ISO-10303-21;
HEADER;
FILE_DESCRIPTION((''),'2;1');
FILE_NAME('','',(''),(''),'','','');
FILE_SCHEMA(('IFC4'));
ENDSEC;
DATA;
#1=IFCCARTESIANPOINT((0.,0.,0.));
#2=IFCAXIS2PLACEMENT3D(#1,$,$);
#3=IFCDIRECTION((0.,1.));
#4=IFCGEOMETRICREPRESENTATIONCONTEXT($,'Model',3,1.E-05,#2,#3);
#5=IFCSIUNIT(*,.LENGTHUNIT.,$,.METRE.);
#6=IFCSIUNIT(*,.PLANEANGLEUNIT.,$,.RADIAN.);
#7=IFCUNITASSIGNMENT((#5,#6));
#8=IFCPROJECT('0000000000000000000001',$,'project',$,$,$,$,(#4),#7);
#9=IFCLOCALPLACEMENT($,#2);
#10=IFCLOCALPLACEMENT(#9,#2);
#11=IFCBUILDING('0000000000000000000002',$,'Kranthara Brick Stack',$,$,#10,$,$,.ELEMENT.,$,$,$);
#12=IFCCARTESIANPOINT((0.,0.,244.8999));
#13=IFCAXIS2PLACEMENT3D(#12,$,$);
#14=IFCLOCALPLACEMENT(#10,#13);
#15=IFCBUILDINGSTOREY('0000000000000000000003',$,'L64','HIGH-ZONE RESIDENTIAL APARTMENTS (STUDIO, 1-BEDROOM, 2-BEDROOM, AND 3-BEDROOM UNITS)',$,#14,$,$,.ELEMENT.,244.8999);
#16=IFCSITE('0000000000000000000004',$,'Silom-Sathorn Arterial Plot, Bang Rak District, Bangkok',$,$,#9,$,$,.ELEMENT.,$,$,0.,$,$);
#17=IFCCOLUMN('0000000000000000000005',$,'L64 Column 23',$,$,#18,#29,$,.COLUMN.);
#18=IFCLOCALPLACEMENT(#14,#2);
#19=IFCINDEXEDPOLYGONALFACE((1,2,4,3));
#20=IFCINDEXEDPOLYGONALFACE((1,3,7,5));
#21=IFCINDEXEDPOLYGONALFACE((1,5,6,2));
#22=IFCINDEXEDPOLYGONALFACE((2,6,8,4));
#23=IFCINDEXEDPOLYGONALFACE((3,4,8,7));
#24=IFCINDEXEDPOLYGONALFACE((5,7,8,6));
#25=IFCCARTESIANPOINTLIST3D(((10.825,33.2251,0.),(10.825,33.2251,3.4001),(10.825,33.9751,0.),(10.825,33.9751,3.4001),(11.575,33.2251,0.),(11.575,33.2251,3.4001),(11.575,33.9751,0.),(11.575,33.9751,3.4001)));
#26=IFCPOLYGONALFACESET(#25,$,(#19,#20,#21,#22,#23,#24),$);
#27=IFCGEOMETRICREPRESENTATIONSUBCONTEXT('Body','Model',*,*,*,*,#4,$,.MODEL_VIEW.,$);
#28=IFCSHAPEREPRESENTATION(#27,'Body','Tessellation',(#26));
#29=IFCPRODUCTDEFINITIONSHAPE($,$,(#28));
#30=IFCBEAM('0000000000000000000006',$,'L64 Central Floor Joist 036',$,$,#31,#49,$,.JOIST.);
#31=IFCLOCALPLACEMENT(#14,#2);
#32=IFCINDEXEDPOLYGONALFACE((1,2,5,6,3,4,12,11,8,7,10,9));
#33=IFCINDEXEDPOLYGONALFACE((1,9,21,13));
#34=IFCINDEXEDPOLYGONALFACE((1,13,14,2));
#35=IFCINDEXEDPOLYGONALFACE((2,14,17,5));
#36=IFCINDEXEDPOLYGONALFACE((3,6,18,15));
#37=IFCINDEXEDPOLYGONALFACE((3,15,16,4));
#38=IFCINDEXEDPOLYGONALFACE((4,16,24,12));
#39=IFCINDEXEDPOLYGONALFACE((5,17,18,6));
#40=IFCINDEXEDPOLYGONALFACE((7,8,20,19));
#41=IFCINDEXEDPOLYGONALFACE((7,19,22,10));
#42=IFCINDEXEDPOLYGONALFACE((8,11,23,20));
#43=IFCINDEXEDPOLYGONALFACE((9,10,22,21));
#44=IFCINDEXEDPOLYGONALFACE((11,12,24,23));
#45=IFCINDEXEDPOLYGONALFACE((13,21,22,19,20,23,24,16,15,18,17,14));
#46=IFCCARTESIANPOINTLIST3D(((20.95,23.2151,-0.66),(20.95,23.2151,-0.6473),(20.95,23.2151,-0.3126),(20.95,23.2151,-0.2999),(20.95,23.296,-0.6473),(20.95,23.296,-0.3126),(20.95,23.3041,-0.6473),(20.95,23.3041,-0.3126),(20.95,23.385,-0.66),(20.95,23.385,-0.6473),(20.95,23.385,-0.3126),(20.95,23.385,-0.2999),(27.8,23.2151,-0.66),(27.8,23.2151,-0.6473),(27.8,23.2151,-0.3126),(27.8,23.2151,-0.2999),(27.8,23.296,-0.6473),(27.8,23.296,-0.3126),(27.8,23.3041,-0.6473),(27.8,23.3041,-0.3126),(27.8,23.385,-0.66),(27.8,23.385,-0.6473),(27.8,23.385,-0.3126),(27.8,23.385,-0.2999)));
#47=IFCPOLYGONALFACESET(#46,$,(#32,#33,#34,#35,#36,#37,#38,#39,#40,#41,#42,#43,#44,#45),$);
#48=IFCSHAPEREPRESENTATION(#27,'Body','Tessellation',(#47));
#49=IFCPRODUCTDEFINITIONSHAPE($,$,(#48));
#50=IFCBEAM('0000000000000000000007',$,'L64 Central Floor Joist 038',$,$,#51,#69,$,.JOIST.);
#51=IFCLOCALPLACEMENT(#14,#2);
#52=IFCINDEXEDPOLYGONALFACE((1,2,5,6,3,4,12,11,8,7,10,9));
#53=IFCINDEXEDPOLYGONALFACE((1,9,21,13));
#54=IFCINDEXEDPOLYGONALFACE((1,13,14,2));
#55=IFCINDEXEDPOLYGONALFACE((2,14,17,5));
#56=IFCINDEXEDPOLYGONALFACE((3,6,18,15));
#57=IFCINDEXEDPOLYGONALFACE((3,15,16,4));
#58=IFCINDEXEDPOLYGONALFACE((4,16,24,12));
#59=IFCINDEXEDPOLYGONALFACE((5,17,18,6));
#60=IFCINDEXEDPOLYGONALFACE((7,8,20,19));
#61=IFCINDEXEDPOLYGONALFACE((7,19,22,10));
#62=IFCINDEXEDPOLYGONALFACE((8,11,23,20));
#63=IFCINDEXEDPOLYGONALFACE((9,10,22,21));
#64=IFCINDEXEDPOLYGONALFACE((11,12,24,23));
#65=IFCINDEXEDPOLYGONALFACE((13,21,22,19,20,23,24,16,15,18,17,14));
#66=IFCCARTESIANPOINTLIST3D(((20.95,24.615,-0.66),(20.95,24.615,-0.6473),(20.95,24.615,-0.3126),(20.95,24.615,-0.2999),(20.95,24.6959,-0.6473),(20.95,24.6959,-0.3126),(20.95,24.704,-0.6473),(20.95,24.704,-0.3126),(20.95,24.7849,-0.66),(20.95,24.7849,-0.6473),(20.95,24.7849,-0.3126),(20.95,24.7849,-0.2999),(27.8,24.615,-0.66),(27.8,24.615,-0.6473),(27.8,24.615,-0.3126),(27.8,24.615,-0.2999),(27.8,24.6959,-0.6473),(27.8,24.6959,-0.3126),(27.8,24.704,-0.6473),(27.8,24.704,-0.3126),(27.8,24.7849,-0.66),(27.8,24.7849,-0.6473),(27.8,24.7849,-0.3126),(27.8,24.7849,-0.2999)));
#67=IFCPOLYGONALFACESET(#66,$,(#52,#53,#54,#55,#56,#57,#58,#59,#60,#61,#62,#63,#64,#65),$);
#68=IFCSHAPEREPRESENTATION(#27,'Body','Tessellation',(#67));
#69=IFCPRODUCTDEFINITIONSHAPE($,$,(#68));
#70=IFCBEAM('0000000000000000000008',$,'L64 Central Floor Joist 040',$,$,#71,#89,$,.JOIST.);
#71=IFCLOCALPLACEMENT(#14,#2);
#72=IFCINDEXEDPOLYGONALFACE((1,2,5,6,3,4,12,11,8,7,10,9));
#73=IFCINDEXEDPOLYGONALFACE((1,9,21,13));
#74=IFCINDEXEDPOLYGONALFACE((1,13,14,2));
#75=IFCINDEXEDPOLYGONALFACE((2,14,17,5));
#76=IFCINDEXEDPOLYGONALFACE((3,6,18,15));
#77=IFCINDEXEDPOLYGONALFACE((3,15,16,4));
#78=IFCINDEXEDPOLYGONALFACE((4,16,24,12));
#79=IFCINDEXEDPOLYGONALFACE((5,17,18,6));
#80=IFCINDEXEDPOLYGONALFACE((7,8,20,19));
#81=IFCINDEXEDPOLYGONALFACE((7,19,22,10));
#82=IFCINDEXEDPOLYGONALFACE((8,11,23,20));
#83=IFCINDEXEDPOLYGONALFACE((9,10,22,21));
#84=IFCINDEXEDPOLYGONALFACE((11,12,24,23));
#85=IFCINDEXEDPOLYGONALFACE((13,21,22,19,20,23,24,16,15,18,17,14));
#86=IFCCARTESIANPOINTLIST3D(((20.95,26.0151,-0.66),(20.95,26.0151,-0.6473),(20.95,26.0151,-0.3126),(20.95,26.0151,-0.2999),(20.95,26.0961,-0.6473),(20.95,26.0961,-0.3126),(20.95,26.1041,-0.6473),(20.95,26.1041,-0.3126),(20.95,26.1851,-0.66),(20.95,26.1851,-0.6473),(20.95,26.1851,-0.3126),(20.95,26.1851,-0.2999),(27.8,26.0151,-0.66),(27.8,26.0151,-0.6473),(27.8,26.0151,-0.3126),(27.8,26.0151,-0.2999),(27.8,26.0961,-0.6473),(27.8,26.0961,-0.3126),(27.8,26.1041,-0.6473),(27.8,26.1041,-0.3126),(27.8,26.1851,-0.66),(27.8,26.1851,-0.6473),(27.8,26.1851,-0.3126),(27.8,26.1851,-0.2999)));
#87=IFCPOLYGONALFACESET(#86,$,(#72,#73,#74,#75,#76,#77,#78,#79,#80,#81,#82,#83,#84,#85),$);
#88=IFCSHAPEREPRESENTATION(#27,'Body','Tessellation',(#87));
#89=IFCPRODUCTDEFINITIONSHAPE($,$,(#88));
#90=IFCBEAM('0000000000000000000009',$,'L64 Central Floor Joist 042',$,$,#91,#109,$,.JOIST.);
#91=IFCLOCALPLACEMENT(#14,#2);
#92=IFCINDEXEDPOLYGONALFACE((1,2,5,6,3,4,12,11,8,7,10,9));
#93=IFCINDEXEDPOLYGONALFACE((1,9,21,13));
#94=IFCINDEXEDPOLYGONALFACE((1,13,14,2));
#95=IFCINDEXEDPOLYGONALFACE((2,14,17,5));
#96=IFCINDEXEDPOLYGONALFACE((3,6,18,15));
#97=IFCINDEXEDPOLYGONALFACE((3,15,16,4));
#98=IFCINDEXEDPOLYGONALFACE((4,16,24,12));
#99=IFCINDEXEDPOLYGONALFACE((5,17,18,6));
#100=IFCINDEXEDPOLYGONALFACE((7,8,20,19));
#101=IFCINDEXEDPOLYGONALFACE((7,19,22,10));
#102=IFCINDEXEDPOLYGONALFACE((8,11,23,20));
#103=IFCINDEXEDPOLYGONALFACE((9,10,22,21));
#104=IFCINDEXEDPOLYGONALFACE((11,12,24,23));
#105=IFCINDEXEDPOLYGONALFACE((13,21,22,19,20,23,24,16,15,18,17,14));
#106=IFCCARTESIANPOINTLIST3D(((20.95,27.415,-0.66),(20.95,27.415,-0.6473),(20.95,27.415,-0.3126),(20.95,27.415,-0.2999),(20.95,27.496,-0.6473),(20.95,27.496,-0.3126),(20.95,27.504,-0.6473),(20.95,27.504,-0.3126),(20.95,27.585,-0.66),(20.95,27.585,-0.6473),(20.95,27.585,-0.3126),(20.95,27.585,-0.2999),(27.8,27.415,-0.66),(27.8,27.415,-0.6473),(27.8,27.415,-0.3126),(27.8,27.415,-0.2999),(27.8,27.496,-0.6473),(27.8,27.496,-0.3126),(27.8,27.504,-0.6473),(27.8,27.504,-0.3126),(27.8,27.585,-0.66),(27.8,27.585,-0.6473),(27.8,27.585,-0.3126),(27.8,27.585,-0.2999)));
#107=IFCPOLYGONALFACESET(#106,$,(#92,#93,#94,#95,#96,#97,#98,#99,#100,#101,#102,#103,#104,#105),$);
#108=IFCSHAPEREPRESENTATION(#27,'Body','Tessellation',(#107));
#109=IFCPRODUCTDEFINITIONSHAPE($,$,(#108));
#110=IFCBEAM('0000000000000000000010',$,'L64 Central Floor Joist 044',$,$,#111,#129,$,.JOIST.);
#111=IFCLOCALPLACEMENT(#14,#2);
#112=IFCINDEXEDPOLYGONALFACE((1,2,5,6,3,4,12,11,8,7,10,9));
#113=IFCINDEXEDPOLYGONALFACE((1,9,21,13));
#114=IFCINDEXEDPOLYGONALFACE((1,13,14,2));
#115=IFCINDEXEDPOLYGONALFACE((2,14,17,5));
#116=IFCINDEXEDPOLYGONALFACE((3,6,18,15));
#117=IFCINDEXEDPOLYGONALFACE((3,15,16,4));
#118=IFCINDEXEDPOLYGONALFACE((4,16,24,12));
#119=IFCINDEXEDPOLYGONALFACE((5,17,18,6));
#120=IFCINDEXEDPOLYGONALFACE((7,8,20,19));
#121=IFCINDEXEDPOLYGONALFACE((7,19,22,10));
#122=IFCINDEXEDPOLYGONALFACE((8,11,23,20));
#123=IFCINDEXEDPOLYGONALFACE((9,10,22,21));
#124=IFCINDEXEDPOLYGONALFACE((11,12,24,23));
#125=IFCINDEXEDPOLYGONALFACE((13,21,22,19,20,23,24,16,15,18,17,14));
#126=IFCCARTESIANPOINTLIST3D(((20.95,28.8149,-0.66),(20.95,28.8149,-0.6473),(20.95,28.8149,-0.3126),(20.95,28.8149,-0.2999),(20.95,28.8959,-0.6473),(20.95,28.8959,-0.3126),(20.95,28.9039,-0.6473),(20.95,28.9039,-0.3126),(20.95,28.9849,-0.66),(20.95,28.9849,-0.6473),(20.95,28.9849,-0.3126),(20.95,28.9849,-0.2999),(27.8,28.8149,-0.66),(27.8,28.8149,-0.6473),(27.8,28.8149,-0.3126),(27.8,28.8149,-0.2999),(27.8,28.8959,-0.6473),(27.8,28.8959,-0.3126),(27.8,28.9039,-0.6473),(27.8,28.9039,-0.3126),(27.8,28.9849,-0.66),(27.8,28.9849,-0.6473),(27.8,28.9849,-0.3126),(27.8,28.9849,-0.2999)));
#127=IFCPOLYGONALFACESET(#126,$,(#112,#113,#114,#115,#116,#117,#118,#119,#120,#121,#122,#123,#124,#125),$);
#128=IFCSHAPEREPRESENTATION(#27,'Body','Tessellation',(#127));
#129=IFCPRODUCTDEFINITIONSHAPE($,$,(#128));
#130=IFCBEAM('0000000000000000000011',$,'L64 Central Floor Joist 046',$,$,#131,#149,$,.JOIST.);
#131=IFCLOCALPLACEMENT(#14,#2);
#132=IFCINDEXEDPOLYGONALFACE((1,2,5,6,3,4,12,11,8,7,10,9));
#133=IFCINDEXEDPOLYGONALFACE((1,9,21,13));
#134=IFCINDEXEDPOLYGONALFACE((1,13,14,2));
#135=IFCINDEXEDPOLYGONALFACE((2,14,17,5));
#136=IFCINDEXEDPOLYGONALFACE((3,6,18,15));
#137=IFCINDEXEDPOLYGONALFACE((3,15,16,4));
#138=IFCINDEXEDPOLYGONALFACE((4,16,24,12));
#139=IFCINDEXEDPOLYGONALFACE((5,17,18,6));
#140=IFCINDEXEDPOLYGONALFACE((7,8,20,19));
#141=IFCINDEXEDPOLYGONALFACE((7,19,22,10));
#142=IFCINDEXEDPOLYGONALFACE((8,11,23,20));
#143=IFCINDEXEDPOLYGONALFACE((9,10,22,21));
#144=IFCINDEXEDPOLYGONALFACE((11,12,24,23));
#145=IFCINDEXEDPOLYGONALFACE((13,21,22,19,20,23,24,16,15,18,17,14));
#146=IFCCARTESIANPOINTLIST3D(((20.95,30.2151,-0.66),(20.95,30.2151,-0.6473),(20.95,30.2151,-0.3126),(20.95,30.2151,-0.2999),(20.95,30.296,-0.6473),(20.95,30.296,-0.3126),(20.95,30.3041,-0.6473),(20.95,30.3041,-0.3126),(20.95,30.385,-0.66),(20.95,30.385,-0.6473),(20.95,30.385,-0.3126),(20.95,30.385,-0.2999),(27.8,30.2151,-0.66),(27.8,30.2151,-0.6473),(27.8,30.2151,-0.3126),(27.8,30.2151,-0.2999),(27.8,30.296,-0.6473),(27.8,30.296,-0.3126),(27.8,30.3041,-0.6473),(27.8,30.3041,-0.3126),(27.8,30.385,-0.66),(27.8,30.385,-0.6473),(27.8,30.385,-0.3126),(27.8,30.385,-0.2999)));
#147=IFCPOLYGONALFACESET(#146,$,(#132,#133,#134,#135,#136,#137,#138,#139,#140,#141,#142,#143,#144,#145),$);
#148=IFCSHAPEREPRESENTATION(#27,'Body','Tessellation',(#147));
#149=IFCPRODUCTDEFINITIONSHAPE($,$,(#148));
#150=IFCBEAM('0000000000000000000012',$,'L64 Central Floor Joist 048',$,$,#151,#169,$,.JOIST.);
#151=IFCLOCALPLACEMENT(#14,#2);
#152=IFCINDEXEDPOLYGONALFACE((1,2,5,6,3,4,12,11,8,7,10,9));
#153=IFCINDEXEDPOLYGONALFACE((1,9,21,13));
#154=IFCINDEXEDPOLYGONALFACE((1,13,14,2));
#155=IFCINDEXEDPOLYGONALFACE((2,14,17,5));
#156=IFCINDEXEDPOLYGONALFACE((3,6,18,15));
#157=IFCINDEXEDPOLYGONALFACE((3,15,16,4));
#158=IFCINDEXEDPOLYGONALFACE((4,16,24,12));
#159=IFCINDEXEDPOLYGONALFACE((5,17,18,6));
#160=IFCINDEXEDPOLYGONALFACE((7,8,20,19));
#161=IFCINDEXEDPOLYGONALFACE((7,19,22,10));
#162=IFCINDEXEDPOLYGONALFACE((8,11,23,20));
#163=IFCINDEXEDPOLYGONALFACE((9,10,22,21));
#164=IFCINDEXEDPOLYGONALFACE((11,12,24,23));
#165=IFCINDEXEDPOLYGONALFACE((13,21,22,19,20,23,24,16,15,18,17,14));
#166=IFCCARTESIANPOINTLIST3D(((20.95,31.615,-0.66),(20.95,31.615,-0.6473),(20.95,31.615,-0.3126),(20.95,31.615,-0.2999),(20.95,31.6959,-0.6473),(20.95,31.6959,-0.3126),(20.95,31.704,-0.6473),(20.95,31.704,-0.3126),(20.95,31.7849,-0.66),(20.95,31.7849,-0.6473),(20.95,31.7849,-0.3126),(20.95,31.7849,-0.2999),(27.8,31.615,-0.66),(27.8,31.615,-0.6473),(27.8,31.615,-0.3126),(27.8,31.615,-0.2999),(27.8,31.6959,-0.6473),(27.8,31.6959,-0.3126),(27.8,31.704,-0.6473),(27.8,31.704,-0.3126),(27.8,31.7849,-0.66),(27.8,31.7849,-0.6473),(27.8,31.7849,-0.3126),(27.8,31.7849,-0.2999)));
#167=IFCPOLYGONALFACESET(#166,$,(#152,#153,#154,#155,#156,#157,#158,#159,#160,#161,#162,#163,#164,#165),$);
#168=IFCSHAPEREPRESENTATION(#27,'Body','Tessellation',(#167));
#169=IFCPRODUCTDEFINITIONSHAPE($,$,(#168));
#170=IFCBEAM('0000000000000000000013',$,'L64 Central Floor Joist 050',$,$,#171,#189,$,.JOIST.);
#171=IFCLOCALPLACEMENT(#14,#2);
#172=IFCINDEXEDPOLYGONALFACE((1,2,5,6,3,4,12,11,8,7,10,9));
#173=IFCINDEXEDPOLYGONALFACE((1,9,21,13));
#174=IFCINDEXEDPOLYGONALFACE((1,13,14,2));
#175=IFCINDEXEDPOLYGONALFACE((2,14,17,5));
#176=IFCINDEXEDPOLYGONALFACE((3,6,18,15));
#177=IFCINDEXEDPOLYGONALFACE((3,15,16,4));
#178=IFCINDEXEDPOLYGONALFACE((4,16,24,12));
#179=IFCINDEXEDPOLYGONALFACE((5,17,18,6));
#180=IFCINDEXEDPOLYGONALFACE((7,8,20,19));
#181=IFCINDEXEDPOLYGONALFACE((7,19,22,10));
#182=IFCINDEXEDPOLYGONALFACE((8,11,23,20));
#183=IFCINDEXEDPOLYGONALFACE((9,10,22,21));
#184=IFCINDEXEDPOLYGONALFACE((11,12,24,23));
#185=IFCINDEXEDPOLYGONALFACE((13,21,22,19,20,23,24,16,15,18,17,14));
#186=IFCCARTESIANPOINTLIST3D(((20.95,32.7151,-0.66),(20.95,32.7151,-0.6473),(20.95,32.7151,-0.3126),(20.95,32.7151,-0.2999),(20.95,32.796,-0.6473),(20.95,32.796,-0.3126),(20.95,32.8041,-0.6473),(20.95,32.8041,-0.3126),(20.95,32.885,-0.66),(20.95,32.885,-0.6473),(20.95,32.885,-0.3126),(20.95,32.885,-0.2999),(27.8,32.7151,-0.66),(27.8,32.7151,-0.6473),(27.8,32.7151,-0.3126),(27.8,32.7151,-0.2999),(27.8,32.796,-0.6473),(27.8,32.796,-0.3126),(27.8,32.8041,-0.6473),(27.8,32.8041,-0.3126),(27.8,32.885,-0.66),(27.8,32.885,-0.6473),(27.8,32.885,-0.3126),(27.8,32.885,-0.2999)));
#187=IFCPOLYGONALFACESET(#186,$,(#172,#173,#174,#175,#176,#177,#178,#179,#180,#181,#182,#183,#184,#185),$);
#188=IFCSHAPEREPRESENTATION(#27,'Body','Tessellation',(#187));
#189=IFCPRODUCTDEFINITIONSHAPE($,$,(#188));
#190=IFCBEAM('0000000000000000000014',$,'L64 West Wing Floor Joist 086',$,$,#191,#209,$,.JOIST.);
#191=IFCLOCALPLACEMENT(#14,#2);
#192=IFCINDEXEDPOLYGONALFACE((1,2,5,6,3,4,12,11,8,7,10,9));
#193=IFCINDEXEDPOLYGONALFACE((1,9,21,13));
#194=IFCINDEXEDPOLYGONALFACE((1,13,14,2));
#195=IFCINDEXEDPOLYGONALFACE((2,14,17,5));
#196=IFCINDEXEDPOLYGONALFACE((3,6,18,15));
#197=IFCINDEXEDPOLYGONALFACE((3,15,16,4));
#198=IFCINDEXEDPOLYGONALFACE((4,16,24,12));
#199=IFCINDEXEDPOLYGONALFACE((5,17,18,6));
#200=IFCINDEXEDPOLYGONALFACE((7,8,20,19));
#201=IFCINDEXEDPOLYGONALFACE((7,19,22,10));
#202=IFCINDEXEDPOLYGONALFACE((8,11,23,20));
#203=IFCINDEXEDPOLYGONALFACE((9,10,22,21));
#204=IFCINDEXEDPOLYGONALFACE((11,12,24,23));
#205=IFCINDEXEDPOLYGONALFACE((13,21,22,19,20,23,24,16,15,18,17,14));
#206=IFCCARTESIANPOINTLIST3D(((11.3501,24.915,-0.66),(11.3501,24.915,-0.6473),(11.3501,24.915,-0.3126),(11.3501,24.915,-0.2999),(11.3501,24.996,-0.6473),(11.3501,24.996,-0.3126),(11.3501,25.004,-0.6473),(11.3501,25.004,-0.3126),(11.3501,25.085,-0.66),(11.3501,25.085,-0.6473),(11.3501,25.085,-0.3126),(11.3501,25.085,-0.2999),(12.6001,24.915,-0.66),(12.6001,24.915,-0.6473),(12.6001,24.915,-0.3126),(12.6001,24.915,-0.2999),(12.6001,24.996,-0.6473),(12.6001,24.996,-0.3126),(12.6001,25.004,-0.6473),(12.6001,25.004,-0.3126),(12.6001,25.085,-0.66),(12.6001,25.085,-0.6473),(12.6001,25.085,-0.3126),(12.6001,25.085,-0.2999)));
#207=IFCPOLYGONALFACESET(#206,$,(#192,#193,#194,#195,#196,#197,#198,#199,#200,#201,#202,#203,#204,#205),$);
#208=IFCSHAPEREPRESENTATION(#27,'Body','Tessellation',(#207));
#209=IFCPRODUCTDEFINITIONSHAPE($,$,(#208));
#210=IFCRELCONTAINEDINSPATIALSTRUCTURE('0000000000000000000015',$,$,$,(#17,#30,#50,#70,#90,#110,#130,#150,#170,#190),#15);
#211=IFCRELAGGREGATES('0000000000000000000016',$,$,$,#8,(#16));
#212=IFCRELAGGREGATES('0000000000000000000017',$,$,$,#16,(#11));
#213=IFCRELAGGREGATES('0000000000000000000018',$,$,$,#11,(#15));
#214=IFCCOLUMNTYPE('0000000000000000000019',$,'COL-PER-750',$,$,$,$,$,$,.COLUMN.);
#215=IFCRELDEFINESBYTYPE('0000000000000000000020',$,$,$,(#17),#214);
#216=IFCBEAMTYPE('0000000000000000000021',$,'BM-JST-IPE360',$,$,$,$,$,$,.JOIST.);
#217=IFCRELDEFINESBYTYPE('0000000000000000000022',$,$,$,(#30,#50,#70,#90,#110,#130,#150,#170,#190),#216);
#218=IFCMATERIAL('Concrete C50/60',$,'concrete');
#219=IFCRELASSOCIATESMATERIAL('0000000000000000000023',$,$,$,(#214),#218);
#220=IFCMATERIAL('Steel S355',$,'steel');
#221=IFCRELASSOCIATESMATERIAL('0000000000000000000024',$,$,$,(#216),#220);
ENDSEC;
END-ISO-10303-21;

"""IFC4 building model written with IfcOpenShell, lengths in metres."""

from ifc_helpers import new_model, si_unit, direction, frame, origin, origin_2d, place, context, subcontext, project, spatial, rectangle, i_section, extrude, material, material_profile, profile_set, type_object, element, save


model = new_model("IFC4")

# Units and contexts
model_context = context("Model", 3, precision=1e-05, world=origin(), true_north=direction((0.0, 1.0)))
body_context = subcontext(model_context, "Body", "Model", "MODEL_VIEW")
ifc_project = project(units=[si_unit("LENGTHUNIT", "METRE"), si_unit("PLANEANGLEUNIT", "RADIAN")], contexts=[model_context])

# Site, building, storey
site_placement = place(None, origin())
site = spatial("IfcSite", under=ifc_project, at=site_placement, Name="Silom-Sathorn Arterial Plot, Bang Rak District, Bangkok", CompositionType="ELEMENT", RefElevation=0.0)
building_placement = place(site_placement, origin())
building = spatial("IfcBuilding", under=site, at=building_placement, Name="Kranthara Brick Stack", CompositionType="ELEMENT")
storey_placement = place(building_placement, frame((0.0, 0.0, 244.8999)))
storey = spatial("IfcBuildingStorey", under=building, at=storey_placement, Name="L64", Description="HIGH-ZONE RESIDENTIAL APARTMENTS (STUDIO, 1-BEDROOM, 2-BEDROOM, AND 3-BEDROOM UNITS)", CompositionType="ELEMENT", Elevation=244.8999)

# Column
ifc_material_1 = material(Name="Concrete C50/60", Category="concrete")
ifc_material_profile_1 = material_profile(ifc_material_1, rectangle(XDim=0.75, YDim=0.75, at=origin_2d()), Name="RC 750x750")
ifc_profile_set_1 = profile_set([ifc_material_profile_1], Name="Concrete C50/60")
column_type = type_object("IfcColumnType", Name="COL-PER-750", PredefinedType="COLUMN", material=ifc_profile_set_1)
column_placement = place(storey_placement, frame((11.2, 33.6001, 0.0), z_axis=(0.0, 0.0, 1.0), x_axis=(1.0, 0.0, 0.0)))
element("IfcColumn", 1, at=column_placement, inside=storey, type_object=column_type, Name="L64 Column 23", PredefinedType="COLUMN", context=body_context, shape_type="SweptSolid", body=[
    extrude(rectangle(XDim=0.75, YDim=0.75, at=origin_2d()), origin(), (0.0, 0.0, 1.0), 3.4001),
])

# Beams
ifc_material_2 = material(Name="Steel S355", Category="steel")
ifc_material_profile_2 = material_profile(ifc_material_2, i_section(OverallWidth=0.1699, OverallDepth=0.3601, WebThickness=0.0081, FlangeThickness=0.0127, at=origin_2d()), Name="IPE 360")
ifc_profile_set_2 = profile_set([ifc_material_profile_2], Name="Steel S355")
beam_type_1 = type_object("IfcBeamType", Name="BM-JST-IPE360", PredefinedType="JOIST", material=ifc_profile_set_2)
for number, where, z_axis, x_axis, name in (
    (2, (20.95, 23.3, -0.48), (1.0, 0.0, 0.0), (0.0, 1.0, 0.0), "L64 Central Floor Joist 036"),
    (3, (20.95, 24.7, -0.48), (1.0, 0.0, 0.0), (0.0, 1.0, 0.0), "L64 Central Floor Joist 038"),
    (4, (20.95, 26.1001, -0.48), (1.0, 0.0, 0.0), (0.0, 1.0, 0.0), "L64 Central Floor Joist 040"),
    (5, (20.95, 27.5, -0.48), (1.0, 0.0, 0.0), (0.0, 1.0, 0.0), "L64 Central Floor Joist 042"),
    (6, (20.95, 28.8999, -0.48), (1.0, 0.0, 0.0), (0.0, 1.0, 0.0), "L64 Central Floor Joist 044"),
    (7, (20.95, 30.3, -0.48), (1.0, 0.0, 0.0), (0.0, 1.0, 0.0), "L64 Central Floor Joist 046"),
    (8, (20.95, 31.7, -0.48), (1.0, 0.0, 0.0), (0.0, 1.0, 0.0), "L64 Central Floor Joist 048"),
    (9, (20.95, 32.8, -0.48), (1.0, 0.0, 0.0), (0.0, 1.0, 0.0), "L64 Central Floor Joist 050"),
):
    element("IfcBeam", number, at=place(storey_placement, frame(where, z_axis=z_axis, x_axis=x_axis)), inside=storey, type_object=beam_type_1, Name=name, PredefinedType="JOIST", context=body_context, shape_type="SweptSolid", body=[
        extrude(i_section(OverallWidth=0.1699, OverallDepth=0.3601, WebThickness=0.0081, FlangeThickness=0.0127, at=origin_2d()), origin(), (0.0, 0.0, 1.0), 6.8501),
    ])
for number, where, z_axis, x_axis, name in (
    (10, (11.3501, 25.0, -0.48), (1.0, 0.0, 0.0), (0.0, 1.0, 0.0), "L64 West Wing Floor Joist 086"),
):
    element("IfcBeam", number, at=place(storey_placement, frame(where, z_axis=z_axis, x_axis=x_axis)), inside=storey, type_object=beam_type_1, Name=name, PredefinedType="JOIST", context=body_context, shape_type="SweptSolid", body=[
        extrude(i_section(OverallWidth=0.1699, OverallDepth=0.3601, WebThickness=0.0081, FlangeThickness=0.0127, at=origin_2d()), origin(), (0.0, 0.0, 1.0), 1.25),
    ])

save(model, "model.ifc")
